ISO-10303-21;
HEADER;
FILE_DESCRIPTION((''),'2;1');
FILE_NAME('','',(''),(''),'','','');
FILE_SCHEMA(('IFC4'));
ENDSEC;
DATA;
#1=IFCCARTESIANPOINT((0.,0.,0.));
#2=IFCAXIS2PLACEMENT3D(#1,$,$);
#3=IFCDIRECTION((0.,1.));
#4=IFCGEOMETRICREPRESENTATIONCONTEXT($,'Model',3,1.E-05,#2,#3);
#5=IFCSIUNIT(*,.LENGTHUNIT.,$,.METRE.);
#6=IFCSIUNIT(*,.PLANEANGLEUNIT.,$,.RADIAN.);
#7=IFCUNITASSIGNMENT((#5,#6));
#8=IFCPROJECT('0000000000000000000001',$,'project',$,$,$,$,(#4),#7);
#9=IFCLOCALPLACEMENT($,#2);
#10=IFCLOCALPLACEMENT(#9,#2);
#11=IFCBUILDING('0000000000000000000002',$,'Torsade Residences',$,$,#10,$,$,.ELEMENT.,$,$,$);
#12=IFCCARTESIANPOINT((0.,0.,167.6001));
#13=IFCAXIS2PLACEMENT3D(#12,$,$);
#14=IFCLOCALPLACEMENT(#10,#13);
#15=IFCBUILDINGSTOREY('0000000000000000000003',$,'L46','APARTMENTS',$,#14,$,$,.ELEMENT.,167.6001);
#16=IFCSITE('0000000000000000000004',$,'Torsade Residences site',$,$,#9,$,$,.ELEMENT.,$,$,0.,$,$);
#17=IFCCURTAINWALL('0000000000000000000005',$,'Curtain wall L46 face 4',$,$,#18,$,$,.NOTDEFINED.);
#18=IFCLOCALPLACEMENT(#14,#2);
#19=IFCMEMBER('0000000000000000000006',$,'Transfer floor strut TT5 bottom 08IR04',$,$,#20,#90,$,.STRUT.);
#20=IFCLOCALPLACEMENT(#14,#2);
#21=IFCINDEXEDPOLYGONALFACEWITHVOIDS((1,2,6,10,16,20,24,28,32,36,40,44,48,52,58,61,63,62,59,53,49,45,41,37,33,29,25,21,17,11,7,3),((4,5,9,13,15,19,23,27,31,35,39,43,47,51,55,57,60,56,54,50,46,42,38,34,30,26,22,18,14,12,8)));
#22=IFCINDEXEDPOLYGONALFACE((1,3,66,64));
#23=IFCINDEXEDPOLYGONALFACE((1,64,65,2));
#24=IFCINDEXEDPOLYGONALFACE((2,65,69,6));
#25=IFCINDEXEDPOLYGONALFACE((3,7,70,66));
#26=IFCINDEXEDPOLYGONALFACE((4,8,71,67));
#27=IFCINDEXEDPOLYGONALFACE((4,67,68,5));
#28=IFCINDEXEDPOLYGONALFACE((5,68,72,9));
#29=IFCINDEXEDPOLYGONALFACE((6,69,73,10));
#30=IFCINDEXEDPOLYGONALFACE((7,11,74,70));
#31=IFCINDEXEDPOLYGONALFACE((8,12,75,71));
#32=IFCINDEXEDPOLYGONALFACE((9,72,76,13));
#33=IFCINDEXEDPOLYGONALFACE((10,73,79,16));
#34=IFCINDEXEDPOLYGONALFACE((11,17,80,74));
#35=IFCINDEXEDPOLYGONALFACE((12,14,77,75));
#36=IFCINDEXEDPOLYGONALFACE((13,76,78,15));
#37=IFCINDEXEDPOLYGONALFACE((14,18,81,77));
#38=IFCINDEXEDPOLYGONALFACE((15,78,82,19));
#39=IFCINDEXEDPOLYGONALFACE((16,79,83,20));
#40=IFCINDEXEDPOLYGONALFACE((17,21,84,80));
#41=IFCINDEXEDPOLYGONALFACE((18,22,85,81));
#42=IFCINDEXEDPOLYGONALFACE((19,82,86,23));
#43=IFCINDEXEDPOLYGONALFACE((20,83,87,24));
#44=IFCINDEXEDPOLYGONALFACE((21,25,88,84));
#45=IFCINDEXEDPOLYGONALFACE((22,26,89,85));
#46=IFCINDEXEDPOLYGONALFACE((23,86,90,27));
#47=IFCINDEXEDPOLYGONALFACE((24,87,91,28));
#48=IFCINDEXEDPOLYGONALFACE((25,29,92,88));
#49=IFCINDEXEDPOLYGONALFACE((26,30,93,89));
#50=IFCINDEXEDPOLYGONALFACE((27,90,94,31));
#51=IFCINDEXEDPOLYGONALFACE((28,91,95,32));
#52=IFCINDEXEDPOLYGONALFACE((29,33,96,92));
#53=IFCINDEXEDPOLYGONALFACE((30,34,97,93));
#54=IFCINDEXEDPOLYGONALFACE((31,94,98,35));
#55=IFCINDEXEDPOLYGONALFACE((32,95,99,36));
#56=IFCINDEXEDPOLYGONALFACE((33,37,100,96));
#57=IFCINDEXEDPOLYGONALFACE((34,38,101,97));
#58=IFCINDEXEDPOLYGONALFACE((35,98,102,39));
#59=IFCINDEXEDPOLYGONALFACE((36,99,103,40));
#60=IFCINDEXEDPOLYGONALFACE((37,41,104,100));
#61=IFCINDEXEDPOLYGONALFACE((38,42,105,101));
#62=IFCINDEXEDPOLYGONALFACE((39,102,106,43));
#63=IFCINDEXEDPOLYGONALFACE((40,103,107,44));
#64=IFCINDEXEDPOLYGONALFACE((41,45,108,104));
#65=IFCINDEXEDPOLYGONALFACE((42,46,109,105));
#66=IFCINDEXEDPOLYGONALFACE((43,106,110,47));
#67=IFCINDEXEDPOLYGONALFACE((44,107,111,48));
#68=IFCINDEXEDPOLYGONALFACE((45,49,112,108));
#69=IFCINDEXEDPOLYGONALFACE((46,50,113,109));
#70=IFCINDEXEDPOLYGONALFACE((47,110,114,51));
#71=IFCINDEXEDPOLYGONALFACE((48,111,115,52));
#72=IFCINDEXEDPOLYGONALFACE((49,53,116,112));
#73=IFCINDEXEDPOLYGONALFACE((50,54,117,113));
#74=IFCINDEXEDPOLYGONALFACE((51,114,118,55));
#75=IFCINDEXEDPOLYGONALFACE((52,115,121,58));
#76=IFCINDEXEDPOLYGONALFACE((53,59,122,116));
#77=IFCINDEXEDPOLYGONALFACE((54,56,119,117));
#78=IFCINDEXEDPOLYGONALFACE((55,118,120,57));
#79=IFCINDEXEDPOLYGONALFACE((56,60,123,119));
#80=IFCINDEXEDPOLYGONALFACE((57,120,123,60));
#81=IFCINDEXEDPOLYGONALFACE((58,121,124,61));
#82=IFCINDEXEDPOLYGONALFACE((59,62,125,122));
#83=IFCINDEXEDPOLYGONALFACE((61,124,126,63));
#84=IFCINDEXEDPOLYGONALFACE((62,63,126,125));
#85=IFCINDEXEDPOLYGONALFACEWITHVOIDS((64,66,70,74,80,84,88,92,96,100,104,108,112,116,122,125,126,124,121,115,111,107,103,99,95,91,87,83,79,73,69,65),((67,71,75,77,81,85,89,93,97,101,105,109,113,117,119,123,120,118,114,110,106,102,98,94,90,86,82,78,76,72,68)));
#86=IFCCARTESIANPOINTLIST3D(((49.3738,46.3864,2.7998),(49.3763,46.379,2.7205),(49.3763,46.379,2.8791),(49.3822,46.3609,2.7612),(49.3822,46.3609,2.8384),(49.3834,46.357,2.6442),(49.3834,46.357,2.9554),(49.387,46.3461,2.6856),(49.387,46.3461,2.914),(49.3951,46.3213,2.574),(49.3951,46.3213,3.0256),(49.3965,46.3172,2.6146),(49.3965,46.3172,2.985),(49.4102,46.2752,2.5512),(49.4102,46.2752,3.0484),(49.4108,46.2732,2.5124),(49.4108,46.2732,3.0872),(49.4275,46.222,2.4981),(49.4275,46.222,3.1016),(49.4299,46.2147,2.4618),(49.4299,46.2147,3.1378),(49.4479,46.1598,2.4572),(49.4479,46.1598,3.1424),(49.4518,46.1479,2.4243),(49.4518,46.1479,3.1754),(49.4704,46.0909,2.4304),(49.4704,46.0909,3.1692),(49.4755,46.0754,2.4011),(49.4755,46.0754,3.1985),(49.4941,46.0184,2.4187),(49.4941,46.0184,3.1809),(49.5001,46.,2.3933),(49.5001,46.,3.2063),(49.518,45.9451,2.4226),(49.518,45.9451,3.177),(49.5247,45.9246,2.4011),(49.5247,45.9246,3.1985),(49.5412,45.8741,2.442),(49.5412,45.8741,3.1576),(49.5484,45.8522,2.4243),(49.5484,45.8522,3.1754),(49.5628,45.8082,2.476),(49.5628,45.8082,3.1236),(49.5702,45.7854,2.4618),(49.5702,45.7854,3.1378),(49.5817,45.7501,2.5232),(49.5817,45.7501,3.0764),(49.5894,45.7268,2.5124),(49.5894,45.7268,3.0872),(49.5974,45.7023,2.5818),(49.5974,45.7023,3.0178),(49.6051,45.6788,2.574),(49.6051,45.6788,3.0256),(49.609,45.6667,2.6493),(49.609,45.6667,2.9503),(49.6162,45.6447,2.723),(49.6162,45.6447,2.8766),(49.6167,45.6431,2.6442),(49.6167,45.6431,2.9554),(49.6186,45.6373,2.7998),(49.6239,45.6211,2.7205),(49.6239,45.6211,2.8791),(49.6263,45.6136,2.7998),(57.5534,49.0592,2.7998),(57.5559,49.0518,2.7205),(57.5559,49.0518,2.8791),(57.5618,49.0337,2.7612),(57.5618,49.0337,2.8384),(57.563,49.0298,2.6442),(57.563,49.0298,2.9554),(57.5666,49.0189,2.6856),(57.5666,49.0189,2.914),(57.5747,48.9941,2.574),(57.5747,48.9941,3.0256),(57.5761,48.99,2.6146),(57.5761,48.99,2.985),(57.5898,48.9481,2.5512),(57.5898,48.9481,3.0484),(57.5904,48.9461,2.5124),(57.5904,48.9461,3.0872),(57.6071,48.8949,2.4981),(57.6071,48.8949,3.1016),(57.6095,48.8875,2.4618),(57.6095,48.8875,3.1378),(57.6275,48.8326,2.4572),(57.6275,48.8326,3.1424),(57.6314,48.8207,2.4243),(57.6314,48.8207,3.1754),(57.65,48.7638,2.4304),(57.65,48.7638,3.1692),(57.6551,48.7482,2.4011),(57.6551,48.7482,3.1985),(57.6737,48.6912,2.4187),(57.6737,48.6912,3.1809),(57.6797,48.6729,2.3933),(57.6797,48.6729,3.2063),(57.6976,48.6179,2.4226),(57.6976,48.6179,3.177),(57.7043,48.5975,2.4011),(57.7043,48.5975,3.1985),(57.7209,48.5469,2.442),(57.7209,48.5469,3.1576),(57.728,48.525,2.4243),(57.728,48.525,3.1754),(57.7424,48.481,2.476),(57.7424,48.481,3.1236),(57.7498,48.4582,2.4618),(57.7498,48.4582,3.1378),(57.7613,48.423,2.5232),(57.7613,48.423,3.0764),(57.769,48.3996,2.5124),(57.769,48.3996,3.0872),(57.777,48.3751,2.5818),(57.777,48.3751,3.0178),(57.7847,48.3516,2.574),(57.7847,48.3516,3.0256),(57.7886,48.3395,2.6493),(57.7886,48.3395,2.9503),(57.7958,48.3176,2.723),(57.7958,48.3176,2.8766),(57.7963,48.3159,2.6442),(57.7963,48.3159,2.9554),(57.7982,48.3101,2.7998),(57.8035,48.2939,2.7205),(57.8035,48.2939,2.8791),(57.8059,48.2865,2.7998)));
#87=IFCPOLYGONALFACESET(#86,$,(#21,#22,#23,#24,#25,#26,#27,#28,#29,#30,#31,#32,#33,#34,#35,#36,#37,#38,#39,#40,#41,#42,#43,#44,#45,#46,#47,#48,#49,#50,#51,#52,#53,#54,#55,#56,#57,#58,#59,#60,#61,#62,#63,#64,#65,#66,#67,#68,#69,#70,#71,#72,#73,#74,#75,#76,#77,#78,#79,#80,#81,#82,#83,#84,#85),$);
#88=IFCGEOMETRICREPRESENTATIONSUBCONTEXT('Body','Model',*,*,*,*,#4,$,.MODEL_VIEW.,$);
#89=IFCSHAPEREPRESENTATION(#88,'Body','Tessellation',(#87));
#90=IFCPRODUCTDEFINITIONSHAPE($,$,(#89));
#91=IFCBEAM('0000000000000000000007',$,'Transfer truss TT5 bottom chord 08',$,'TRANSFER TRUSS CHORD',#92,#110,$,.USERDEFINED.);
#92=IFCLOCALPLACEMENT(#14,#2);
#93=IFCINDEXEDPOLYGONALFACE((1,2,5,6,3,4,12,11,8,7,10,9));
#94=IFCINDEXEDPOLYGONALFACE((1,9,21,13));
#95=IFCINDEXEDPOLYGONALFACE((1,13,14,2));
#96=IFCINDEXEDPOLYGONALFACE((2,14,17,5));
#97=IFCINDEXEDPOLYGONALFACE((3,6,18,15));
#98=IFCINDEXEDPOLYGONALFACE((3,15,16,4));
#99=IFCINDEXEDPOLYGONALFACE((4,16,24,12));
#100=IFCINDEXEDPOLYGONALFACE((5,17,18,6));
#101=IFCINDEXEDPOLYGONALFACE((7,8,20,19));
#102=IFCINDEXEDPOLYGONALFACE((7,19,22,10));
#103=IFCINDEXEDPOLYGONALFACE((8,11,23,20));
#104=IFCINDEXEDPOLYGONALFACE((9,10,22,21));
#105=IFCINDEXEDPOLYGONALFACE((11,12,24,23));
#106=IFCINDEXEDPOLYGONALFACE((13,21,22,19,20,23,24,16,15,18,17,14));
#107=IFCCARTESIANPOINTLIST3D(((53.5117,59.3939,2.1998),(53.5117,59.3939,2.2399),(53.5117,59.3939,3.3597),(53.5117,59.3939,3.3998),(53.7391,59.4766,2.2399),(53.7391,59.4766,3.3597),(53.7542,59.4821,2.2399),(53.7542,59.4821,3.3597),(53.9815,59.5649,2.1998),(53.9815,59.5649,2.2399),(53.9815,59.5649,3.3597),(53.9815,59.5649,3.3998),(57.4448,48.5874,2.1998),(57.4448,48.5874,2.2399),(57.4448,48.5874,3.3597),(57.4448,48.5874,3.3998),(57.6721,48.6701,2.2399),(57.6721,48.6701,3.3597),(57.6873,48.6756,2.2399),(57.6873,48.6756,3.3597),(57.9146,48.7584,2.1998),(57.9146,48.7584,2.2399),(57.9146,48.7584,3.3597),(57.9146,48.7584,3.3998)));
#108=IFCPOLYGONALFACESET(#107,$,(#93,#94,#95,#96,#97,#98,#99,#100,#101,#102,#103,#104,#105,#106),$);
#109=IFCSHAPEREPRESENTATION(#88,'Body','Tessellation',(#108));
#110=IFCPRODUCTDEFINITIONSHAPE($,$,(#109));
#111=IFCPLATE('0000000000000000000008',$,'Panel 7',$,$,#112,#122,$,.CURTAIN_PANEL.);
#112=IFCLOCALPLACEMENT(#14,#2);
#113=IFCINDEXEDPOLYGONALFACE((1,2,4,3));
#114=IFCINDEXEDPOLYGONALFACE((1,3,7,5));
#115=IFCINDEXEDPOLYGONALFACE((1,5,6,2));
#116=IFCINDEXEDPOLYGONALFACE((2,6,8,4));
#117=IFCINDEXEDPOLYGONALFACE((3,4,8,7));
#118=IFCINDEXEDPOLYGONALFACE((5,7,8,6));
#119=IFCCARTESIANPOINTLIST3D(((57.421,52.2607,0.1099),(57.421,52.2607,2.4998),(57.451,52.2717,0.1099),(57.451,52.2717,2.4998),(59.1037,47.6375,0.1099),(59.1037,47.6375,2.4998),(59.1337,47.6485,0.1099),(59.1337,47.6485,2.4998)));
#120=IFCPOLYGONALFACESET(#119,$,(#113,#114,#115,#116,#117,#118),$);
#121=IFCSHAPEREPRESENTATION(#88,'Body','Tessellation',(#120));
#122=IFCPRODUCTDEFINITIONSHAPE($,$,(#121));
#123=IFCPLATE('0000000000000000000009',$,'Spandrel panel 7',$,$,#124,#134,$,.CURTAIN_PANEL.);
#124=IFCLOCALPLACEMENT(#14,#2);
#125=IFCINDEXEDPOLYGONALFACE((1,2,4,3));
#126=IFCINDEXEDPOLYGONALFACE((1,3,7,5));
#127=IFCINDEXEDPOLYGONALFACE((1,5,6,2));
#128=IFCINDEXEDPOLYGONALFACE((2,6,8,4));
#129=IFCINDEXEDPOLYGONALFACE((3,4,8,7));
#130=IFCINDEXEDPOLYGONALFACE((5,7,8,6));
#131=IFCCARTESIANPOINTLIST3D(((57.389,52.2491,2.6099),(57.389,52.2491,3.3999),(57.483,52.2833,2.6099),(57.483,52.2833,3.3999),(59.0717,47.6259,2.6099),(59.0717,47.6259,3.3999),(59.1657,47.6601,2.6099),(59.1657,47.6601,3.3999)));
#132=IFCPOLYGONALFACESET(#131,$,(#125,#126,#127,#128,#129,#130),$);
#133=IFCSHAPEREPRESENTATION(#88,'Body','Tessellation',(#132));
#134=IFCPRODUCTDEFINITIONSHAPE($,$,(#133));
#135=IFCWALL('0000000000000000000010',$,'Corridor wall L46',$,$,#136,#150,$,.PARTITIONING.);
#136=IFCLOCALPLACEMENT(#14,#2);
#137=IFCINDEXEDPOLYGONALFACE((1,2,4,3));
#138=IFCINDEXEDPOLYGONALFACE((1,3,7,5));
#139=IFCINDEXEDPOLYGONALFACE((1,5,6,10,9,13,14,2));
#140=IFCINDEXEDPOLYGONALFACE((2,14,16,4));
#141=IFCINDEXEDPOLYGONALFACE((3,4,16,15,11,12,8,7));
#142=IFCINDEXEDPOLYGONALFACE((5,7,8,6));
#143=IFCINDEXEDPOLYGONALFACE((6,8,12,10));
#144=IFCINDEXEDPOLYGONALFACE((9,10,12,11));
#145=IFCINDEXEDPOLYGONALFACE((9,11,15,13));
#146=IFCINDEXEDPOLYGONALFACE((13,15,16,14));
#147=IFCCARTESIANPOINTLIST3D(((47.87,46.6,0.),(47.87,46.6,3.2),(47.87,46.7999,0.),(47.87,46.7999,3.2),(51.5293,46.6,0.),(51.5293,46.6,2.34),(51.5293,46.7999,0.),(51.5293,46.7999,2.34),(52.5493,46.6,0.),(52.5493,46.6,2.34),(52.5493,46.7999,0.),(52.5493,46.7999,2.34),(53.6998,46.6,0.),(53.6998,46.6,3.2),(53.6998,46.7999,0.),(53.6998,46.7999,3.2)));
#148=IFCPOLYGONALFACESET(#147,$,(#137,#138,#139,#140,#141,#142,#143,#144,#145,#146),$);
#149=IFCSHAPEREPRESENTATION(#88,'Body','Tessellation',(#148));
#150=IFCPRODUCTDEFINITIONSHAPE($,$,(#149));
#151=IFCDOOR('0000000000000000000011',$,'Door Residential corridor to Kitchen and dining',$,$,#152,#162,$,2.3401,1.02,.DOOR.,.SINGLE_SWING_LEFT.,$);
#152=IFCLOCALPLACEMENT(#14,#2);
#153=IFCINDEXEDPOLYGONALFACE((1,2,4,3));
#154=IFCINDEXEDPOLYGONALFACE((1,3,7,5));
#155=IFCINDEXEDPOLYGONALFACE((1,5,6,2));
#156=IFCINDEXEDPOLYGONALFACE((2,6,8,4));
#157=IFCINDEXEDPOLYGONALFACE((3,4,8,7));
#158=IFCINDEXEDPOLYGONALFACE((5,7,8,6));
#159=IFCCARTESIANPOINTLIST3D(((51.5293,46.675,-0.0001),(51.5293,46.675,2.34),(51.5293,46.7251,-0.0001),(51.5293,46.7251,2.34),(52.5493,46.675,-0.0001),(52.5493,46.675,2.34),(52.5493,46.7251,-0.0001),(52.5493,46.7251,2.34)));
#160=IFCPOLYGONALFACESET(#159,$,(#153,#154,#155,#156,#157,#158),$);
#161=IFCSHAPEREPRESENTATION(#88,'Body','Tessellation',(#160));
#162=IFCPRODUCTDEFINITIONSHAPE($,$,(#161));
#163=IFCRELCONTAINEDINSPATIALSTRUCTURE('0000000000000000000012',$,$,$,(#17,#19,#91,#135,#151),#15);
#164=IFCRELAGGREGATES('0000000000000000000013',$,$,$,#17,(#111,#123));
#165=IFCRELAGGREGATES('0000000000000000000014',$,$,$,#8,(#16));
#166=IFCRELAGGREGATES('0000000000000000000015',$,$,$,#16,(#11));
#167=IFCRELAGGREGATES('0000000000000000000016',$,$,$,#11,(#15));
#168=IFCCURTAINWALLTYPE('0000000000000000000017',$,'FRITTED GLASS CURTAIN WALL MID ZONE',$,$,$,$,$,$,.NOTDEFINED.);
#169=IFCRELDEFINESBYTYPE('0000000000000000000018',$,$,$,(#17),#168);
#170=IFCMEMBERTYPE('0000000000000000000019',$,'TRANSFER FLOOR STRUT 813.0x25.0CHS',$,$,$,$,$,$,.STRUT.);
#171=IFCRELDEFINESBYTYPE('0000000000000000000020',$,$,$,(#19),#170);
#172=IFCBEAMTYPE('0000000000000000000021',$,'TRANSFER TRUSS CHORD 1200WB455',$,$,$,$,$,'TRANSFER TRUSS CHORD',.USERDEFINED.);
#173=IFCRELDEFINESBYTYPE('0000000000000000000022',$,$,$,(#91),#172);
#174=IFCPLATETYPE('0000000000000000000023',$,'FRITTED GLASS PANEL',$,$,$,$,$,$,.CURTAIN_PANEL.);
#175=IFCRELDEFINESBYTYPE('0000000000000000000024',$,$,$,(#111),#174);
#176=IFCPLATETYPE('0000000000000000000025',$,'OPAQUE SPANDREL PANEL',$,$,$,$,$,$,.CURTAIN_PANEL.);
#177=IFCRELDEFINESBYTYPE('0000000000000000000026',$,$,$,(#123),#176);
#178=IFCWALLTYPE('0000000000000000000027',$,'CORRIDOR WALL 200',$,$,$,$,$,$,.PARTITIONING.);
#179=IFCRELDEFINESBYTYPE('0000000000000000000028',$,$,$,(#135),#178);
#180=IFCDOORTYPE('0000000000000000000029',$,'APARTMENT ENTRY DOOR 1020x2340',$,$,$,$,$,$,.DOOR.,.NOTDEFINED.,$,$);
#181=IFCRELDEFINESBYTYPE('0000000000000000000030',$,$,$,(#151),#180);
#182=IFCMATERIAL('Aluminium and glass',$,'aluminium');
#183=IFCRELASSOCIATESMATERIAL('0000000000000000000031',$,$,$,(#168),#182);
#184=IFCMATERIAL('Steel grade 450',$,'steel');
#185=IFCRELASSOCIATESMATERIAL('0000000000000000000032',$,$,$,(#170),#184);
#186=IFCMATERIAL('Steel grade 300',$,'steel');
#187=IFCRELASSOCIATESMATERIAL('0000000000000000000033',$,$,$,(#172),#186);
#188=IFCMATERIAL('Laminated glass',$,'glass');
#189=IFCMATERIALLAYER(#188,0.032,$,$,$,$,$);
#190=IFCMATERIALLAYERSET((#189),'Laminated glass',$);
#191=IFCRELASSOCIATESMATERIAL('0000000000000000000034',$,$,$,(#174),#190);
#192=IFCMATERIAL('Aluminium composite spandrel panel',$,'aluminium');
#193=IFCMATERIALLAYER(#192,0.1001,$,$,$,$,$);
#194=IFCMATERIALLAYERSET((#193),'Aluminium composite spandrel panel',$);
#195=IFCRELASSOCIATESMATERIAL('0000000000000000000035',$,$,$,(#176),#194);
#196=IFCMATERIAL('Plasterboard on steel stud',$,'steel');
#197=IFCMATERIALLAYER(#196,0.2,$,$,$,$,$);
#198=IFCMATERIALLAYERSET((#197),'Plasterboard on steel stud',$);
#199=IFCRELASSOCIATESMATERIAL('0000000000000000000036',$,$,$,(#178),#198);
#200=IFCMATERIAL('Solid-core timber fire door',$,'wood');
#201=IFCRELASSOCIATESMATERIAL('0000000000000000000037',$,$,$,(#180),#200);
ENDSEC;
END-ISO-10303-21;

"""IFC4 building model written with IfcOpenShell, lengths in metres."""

from ifc_helpers import new_model, si_unit, direction, frame, frame_2d, origin, origin_2d, place, context, subcontext, project, spatial, rectangle, hollow_circle, i_section, extrude, material, layer, layer_set, material_profile, profile_set, type_object, element, fill, aggregate, save


model = new_model("IFC4")

# Units and contexts
model_context = context("Model", 3, precision=1e-05, world=origin(), true_north=direction((0.0, 1.0)))
body_context = subcontext(model_context, "Body", "Model", "MODEL_VIEW")
ifc_project = project(units=[si_unit("LENGTHUNIT", "METRE"), si_unit("PLANEANGLEUNIT", "RADIAN")], contexts=[model_context])

# Site, building, storey
site_placement = place(None, origin())
site = spatial("IfcSite", under=ifc_project, at=site_placement, Name="Torsade Residences site", CompositionType="ELEMENT", RefElevation=0.0)
building_placement = place(site_placement, origin())
building = spatial("IfcBuilding", under=site, at=building_placement, Name="Torsade Residences", CompositionType="ELEMENT")
storey_placement = place(building_placement, frame((0.0, 0.0, 167.6001)))
storey = spatial("IfcBuildingStorey", under=building, at=storey_placement, Name="L46", Description="APARTMENTS", CompositionType="ELEMENT", Elevation=167.6001)

# Curtain wall
ifc_material_1 = material(Name="Aluminium and glass", Category="aluminium")
curtain_wall_type = type_object("IfcCurtainWallType", Name="FRITTED GLASS CURTAIN WALL MID ZONE", PredefinedType="NOTDEFINED", material=ifc_material_1)
curtain_wall_placement = place(storey_placement, origin())
curtain_wall = element("IfcCurtainWall", 1, at=curtain_wall_placement, inside=storey, type_object=curtain_wall_type, Name="Curtain wall L46 face 4", PredefinedType="NOTDEFINED")

# Member
ifc_material_2 = material(Name="Steel grade 450", Category="steel")
ifc_material_profile_1 = material_profile(ifc_material_2, hollow_circle(Radius=0.4065, WallThickness=0.0249, at=origin_2d()), Name="813.0x25.0CHS")
ifc_profile_set_1 = profile_set([ifc_material_profile_1], Name="Steel grade 450")
member_type_1 = type_object("IfcMemberType", Name="TRANSFER FLOOR STRUT 813.0x25.0CHS", PredefinedType="STRUT", material=ifc_profile_set_1)
member_1_placement = place(storey_placement, frame((57.6797, 48.6729, 2.7998), z_axis=(-0.950539, -0.310605, 0.0), x_axis=(0.310605, -0.950539, 0.0)))
element("IfcMember", 2, at=member_1_placement, inside=storey, type_object=member_type_1, Name="Transfer floor strut TT5 bottom 08IR04", PredefinedType="STRUT", context=body_context, shape_type="SweptSolid", body=[
    extrude(hollow_circle(Radius=0.4065, WallThickness=0.0249, at=origin_2d()), origin(), (0.0, 0.0, 1.0), 8.6052),
])

# Beam
ifc_material_3 = material(Name="Steel grade 300", Category="steel")
ifc_material_profile_2 = material_profile(ifc_material_3, i_section(OverallWidth=0.5, OverallDepth=1.2, WebThickness=0.0161, FlangeThickness=0.04, at=origin_2d()), Name="1200WB455")
ifc_profile_set_2 = profile_set([ifc_material_profile_2], Name="Steel grade 300")
beam_type_1 = type_object("IfcBeamType", Name="TRANSFER TRUSS CHORD 1200WB455", ElementType="TRANSFER TRUSS CHORD", PredefinedType="USERDEFINED", material=ifc_profile_set_2)
beam_1_placement = place(storey_placement, frame((57.6797, 48.6729, 2.7998), z_axis=(-0.342006, 0.939698, 0.0), x_axis=(-0.939698, -0.342006, 0.0)))
element("IfcBeam", 3, at=beam_1_placement, inside=storey, type_object=beam_type_1, Name="Transfer truss TT5 bottom chord 08", ObjectType="TRANSFER TRUSS CHORD", PredefinedType="USERDEFINED", context=body_context, shape_type="SweptSolid", body=[
    extrude(i_section(OverallWidth=0.5, OverallDepth=1.2, WebThickness=0.0161, FlangeThickness=0.04, at=origin_2d()), origin(), (0.0, 0.0, 1.0), 11.5),
])

# Plates
ifc_material_4 = material(Name="Laminated glass", Category="glass")
ifc_layer_1 = layer(ifc_material_4, 0.032)
ifc_layer_set_1 = layer_set([ifc_layer_1], Name="Laminated glass")
plate_type_1 = type_object("IfcPlateType", Name="FRITTED GLASS PANEL", PredefinedType="CURTAIN_PANEL", material=ifc_layer_set_1)
plate_1_placement = place(storey_placement, frame((58.2773, 49.9546, 0.1099), z_axis=(0.0, 0.0, 1.0), x_axis=(-0.34202, 0.939693, 0.0)))
plate_1 = element("IfcPlate", 4, at=plate_1_placement, type_object=plate_type_1, Name="Panel 7", PredefinedType="CURTAIN_PANEL", context=body_context, shape_type="SweptSolid", body=[
    extrude(rectangle(XDim=4.9199, YDim=0.032, at=origin_2d()), origin(), (0.0, 0.0, 1.0), 2.3899),
])
ifc_material_5 = material(Name="Aluminium composite spandrel panel", Category="aluminium")
ifc_layer_2 = layer(ifc_material_5, 0.1001)
ifc_layer_set_2 = layer_set([ifc_layer_2], Name="Aluminium composite spandrel panel")
plate_type_2 = type_object("IfcPlateType", Name="OPAQUE SPANDREL PANEL", PredefinedType="CURTAIN_PANEL", material=ifc_layer_set_2)
plate_2_placement = place(storey_placement, frame((58.2773, 49.9546, 2.6099), z_axis=(0.0, 0.0, 1.0), x_axis=(-0.34202, 0.939693, 0.0)))
plate_2 = element("IfcPlate", 5, at=plate_2_placement, type_object=plate_type_2, Name="Spandrel panel 7", PredefinedType="CURTAIN_PANEL", context=body_context, shape_type="SweptSolid", body=[
    extrude(rectangle(XDim=4.9199, YDim=0.1001, at=origin_2d()), origin(), (0.0, 0.0, 1.0), 0.79),
])
aggregate(curtain_wall, [plate_1, plate_2])

# Wall, opening, door
ifc_material_6 = material(Name="Plasterboard on steel stud", Category="steel")
ifc_layer_3 = layer(ifc_material_6, 0.2)
ifc_layer_set_3 = layer_set([ifc_layer_3], Name="Plasterboard on steel stud")
wall_type_1 = type_object("IfcWallType", Name="CORRIDOR WALL 200", PredefinedType="PARTITIONING", material=ifc_layer_set_3)
wall_1_placement = place(storey_placement, frame((53.7, 46.7, 0.0), z_axis=(0.0, 0.0, 1.0), x_axis=(-1.0, 0.0, 0.0)))
wall_1 = element("IfcWall", 6, at=wall_1_placement, inside=storey, type_object=wall_type_1, Name="Corridor wall L46", PredefinedType="PARTITIONING", context=body_context, shape_type="SweptSolid", body=[
    extrude(rectangle(XDim=5.8298, YDim=0.2, at=frame_2d((2.915, 0.0))), origin(), (0.0, 0.0, 1.0), 3.2),
])
opening_1_placement = place(wall_1_placement, frame((1.1506, 0.0, 0.0)))
opening_1 = element("IfcOpeningElement", 7, at=opening_1_placement, cuts=wall_1, PredefinedType="OPENING", context=body_context, shape_type="SweptSolid", body=[
    extrude(rectangle(XDim=1.02, YDim=2.3401, at=frame_2d((0.51, 1.1699))), frame((0.0, 0.1099, 0.0), z_axis=(0.0, -1.0, 0.0), x_axis=(1.0, 0.0, 0.0)), (0.0, 0.0, 1.0), 0.22),
])
ifc_material_7 = material(Name="Solid-core timber fire door", Category="wood")
door_type_1 = type_object("IfcDoorType", Name="APARTMENT ENTRY DOOR 1020x2340", OperationType="NOTDEFINED", PredefinedType="DOOR", material=ifc_material_7)
door_1_placement = place(opening_1_placement, origin())
door_1 = element("IfcDoor", 8, at=door_1_placement, inside=storey, type_object=door_type_1, Name="Door Residential corridor to Kitchen and dining", OperationType="SINGLE_SWING_LEFT", OverallHeight=2.3401, OverallWidth=1.02, PredefinedType="DOOR", context=body_context, shape_type="SweptSolid", body=[
    extrude(rectangle(XDim=1.02, YDim=2.3401, at=frame_2d((0.51, 1.1699))), frame((0.0, 0.0249, 0.0), z_axis=(0.0, -1.0, 0.0), x_axis=(1.0, 0.0, 0.0)), (0.0, 0.0, 1.0), 0.05),
])
fill(opening_1, door_1)

save(model, "model.ifc")
